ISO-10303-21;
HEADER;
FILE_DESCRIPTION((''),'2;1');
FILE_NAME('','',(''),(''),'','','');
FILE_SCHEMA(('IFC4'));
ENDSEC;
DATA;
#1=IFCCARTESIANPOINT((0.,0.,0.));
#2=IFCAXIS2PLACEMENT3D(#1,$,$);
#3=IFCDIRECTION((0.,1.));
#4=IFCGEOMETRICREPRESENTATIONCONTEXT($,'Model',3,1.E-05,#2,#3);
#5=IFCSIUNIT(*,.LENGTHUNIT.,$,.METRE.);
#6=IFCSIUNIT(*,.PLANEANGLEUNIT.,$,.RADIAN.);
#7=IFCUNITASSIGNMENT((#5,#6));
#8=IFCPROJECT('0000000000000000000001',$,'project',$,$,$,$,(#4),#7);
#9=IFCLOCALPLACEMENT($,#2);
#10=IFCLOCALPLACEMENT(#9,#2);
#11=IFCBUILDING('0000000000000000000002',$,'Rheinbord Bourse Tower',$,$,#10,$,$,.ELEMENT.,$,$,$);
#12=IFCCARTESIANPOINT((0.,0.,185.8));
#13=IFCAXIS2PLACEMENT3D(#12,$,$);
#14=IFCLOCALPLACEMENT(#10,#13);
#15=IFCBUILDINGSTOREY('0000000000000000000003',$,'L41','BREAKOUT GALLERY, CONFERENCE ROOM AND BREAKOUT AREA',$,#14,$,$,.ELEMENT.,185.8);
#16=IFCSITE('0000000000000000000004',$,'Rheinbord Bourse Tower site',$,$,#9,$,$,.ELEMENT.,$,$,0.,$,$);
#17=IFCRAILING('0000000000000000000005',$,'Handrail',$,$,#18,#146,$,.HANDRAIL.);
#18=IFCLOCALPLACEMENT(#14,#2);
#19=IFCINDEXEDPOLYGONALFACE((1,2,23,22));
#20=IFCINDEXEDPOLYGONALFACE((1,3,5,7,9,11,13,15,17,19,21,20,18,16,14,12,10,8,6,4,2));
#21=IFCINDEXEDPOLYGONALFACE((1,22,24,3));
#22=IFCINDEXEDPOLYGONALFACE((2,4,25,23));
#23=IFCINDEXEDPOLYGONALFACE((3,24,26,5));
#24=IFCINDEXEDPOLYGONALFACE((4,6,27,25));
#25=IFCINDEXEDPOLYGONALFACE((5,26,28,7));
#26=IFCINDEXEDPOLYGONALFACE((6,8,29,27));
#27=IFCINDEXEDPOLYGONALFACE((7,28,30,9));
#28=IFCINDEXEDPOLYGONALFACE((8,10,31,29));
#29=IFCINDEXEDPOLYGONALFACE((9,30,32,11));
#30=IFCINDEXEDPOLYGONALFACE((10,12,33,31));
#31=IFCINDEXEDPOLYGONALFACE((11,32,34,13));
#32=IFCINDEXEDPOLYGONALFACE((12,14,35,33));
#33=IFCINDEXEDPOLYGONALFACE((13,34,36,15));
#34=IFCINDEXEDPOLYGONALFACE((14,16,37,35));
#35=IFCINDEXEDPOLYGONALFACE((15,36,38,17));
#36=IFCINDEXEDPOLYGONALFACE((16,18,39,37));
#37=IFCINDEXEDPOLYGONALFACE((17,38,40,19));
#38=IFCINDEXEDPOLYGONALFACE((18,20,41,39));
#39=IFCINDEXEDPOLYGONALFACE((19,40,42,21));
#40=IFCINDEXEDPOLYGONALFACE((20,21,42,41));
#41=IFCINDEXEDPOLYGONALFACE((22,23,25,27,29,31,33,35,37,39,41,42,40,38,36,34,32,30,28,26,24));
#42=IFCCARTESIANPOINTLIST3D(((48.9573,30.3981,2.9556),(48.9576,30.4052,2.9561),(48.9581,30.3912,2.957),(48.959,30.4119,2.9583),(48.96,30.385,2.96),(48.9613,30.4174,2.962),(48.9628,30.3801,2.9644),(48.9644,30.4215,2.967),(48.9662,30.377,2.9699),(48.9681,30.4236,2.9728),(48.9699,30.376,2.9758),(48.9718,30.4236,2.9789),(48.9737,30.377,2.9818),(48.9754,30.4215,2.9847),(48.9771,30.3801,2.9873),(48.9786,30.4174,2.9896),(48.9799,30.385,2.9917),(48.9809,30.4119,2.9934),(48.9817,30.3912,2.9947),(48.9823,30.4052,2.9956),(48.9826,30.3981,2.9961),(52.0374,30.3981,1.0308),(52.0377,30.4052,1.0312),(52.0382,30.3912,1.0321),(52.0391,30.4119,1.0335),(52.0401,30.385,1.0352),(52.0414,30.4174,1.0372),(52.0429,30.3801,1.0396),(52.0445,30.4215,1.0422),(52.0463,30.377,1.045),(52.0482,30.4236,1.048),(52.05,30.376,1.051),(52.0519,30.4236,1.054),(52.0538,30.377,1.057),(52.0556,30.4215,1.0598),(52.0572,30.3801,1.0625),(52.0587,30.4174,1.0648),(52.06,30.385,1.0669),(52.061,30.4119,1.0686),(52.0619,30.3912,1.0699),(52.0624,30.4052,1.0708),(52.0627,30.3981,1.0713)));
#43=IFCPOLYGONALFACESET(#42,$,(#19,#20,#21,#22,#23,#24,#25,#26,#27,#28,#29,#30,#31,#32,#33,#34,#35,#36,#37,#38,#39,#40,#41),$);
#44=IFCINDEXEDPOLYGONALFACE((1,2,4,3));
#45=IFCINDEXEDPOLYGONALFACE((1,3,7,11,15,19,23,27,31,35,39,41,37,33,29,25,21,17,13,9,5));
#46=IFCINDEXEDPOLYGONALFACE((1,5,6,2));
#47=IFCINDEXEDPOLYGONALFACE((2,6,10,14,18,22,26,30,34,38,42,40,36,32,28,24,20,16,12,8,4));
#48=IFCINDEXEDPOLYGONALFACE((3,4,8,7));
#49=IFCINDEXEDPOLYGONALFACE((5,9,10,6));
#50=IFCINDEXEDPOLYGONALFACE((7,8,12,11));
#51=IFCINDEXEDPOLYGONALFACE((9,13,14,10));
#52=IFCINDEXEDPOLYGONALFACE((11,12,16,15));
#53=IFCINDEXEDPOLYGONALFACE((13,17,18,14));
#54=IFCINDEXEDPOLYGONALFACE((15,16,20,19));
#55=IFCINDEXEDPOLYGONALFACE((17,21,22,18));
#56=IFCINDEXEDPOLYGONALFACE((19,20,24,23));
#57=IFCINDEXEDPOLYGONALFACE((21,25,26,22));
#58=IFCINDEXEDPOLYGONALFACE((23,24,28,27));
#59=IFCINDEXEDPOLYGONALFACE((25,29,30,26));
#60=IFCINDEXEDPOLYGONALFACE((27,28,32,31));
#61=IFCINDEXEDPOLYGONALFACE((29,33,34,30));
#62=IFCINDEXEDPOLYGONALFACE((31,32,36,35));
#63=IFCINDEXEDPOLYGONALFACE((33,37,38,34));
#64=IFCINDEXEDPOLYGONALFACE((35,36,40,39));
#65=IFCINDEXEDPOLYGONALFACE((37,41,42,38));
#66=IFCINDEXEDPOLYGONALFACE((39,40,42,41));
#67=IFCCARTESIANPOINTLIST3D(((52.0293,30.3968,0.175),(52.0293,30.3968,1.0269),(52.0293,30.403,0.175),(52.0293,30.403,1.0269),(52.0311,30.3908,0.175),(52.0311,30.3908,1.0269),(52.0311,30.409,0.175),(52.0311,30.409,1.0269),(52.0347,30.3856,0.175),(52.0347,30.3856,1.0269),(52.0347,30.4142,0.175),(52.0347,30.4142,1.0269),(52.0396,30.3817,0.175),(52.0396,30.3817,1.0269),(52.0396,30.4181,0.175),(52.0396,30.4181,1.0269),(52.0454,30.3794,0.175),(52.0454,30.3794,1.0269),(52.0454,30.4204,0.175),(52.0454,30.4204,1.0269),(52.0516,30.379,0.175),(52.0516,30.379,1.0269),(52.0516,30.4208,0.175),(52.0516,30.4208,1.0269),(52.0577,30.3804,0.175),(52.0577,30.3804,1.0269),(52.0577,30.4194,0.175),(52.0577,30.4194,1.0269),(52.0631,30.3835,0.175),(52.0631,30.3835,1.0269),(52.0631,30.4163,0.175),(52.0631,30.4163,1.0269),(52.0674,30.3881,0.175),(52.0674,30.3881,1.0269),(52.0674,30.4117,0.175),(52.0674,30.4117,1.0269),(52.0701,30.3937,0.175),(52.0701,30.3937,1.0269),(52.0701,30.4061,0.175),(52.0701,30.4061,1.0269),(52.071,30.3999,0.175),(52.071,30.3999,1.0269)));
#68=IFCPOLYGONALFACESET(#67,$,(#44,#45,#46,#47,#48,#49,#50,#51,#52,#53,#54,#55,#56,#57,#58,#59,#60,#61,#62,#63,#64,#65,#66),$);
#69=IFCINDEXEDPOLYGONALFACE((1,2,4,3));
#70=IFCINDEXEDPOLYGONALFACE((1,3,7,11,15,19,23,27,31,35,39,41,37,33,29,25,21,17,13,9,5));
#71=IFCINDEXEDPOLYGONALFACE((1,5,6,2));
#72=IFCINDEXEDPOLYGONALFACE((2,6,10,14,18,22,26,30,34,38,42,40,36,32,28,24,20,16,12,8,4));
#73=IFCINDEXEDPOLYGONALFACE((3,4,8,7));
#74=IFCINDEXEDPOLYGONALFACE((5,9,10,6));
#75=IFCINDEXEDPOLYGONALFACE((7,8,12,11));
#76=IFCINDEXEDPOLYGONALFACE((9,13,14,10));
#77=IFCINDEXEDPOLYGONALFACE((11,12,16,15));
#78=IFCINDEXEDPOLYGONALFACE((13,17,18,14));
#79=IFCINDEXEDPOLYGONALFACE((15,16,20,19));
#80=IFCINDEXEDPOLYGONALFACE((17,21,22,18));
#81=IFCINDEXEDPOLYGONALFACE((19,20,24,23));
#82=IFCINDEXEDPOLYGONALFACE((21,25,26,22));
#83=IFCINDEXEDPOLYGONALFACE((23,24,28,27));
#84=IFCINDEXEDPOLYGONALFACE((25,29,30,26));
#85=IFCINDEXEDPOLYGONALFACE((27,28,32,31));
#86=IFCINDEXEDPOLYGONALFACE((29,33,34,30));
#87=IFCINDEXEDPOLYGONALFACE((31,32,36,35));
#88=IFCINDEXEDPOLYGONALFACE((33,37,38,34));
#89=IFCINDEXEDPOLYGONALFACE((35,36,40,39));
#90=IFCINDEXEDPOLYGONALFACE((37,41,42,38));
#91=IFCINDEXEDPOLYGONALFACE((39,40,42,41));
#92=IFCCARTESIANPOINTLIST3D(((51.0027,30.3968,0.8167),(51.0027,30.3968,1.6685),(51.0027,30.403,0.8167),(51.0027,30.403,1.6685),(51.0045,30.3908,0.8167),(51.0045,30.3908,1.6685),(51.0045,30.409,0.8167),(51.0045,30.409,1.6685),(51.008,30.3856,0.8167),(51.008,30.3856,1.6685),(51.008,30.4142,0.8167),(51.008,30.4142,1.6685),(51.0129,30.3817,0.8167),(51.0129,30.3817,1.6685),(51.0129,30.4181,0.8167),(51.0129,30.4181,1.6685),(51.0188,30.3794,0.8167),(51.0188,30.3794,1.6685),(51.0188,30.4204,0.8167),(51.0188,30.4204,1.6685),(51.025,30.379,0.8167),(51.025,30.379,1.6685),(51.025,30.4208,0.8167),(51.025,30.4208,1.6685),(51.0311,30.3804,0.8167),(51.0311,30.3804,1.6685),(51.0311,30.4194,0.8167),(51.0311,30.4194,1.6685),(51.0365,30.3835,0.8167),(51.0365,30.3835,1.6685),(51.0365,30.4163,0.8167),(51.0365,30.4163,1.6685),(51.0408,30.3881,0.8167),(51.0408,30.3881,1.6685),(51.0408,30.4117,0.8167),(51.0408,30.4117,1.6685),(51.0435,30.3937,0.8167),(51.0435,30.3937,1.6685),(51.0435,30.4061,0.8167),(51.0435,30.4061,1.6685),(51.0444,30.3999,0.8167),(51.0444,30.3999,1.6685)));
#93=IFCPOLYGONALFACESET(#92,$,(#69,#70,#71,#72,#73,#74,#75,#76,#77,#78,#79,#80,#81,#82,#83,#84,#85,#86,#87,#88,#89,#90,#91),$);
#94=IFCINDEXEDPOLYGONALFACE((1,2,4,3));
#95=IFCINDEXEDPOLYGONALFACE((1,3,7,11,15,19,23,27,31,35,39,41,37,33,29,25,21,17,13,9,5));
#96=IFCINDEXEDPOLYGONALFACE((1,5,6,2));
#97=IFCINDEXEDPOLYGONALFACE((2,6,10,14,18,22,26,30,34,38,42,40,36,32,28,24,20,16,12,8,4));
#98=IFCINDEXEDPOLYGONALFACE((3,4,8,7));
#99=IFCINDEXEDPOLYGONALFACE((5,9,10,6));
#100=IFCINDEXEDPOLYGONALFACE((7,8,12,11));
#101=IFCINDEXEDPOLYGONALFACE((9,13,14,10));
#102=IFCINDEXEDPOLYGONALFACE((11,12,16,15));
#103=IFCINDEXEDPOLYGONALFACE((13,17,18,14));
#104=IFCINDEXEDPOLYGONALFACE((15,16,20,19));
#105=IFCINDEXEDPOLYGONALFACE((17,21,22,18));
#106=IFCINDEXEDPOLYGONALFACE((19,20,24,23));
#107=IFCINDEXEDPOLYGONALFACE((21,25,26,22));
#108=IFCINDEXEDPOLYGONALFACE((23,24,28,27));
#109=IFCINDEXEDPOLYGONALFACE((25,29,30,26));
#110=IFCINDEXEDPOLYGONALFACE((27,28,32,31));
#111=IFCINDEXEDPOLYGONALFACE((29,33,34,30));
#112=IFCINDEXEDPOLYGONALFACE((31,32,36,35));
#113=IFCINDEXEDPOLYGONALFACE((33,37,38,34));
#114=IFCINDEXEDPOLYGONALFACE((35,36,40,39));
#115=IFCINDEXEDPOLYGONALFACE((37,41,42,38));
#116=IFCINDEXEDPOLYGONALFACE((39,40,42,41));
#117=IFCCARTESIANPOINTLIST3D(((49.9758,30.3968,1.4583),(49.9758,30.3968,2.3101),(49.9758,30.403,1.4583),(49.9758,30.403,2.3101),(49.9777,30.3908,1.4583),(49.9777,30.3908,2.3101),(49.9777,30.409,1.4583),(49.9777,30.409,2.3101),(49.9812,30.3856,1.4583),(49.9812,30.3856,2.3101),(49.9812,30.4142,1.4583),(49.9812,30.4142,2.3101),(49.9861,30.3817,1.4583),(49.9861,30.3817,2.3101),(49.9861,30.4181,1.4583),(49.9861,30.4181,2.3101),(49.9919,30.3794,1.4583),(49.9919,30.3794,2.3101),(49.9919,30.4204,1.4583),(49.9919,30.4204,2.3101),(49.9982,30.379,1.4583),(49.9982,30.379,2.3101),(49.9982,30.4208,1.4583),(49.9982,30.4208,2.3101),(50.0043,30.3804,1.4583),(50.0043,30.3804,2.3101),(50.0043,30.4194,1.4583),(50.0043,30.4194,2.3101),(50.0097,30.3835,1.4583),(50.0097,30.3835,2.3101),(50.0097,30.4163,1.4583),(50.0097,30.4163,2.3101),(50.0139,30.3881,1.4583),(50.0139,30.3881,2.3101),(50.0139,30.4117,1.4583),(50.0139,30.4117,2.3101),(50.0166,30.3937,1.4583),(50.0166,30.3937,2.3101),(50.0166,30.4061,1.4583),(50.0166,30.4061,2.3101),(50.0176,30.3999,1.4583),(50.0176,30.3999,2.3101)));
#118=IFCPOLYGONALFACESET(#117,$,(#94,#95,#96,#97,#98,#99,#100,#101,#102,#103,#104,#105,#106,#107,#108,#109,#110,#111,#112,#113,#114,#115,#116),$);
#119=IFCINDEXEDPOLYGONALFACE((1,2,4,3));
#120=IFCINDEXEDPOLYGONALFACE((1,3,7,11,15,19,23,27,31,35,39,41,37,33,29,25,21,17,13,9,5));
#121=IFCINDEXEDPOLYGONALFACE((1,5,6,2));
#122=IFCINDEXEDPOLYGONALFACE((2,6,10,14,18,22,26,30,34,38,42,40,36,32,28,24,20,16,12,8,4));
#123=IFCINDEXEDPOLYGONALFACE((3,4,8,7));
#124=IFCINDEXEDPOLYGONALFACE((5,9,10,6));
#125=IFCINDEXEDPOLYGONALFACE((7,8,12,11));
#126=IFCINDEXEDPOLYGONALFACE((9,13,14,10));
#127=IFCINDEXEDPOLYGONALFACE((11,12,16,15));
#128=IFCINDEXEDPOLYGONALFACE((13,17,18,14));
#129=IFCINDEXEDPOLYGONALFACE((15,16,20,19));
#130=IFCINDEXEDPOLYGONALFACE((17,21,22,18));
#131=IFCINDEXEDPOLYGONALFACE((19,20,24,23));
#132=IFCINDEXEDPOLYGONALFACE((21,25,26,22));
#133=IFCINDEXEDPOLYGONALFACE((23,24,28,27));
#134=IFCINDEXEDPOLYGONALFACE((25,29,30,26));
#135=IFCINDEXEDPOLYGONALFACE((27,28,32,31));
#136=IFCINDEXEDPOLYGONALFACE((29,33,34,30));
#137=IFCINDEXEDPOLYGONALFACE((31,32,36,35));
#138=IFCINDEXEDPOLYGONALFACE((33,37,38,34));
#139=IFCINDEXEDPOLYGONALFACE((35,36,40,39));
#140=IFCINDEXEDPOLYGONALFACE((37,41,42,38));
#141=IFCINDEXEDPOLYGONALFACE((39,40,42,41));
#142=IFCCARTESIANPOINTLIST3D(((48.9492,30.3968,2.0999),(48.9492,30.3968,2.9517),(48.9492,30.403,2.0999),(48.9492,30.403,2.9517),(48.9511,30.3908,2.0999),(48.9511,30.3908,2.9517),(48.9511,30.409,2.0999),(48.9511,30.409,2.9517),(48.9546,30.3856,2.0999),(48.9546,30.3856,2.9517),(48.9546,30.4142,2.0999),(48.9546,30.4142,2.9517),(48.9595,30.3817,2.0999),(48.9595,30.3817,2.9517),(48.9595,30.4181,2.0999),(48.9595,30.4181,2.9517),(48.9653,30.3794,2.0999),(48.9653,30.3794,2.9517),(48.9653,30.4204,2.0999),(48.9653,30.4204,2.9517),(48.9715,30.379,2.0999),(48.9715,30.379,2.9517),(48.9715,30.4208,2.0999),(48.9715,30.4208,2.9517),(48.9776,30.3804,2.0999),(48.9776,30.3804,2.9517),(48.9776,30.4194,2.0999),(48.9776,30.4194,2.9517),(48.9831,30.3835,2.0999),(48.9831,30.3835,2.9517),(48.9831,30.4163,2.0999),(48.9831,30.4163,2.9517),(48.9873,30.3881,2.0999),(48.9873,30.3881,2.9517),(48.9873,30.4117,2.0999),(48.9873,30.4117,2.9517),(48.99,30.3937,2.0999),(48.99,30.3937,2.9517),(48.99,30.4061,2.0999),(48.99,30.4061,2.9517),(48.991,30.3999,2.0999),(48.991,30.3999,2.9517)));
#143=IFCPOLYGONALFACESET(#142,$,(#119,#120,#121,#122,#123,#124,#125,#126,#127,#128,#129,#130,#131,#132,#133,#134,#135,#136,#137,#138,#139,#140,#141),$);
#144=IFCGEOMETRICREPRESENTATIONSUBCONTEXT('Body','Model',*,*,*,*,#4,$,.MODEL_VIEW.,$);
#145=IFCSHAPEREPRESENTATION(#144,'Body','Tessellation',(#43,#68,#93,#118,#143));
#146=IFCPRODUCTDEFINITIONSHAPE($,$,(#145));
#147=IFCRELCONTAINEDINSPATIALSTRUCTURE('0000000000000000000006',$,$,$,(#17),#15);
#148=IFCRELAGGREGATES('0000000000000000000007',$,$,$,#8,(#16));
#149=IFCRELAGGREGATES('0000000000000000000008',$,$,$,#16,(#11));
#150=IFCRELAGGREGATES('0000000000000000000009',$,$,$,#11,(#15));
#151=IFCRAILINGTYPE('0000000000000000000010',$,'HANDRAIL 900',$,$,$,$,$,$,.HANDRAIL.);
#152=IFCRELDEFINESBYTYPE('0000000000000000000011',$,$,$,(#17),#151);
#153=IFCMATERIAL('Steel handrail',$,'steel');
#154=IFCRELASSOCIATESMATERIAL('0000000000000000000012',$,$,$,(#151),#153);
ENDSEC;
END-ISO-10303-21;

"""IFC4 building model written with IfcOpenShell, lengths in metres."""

from ifc_helpers import new_model, si_unit, direction, frame, origin, origin_2d, place, context, subcontext, project, spatial, circle, extrude, material, type_object, element, save


model = new_model("IFC4")

# Units and contexts
model_context = context("Model", 3, precision=1e-05, world=origin(), true_north=direction((0.0, 1.0)))
body_context = subcontext(model_context, "Body", "Model", "MODEL_VIEW")
ifc_project = project(units=[si_unit("LENGTHUNIT", "METRE"), si_unit("PLANEANGLEUNIT", "RADIAN")], contexts=[model_context])

# Site, building, storey
site_placement = place(None, origin())
site = spatial("IfcSite", under=ifc_project, at=site_placement, Name="Rheinbord Bourse Tower site", CompositionType="ELEMENT", RefElevation=0.0)
building_placement = place(site_placement, origin())
building = spatial("IfcBuilding", under=site, at=building_placement, Name="Rheinbord Bourse Tower", CompositionType="ELEMENT")
storey_placement = place(building_placement, frame((0.0, 0.0, 185.8)))
storey = spatial("IfcBuildingStorey", under=building, at=storey_placement, Name="L41", Description="BREAKOUT GALLERY, CONFERENCE ROOM AND BREAKOUT AREA", CompositionType="ELEMENT", Elevation=185.8)

# Railing
ifc_material_1 = material(Name="Steel handrail", Category="steel")
railing_type = type_object("IfcRailingType", Name="HANDRAIL 900", PredefinedType="HANDRAIL", material=ifc_material_1)
railing_1_placement = place(storey_placement, frame((52.05, 30.3999, 0.175)))
element("IfcRailing", 1, at=railing_1_placement, inside=storey, type_object=railing_type, Name="Handrail", PredefinedType="HANDRAIL", context=body_context, shape_type="SweptSolid", body=[
    extrude(circle(Radius=0.0239, at=origin_2d()), frame((0.0, 0.0, 0.876), z_axis=(-0.848029, 0.0, 0.529951), x_axis=(0.0, -1.0, 0.0)), (0.0, 0.0, 1.0), 3.6321),
    extrude(circle(Radius=0.021, at=origin_2d()), origin(), (0.0, 0.0, 1.0), 0.8518),
    extrude(circle(Radius=0.021, at=origin_2d()), frame((-1.0266, 0.0, 0.6416)), (0.0, 0.0, 1.0), 0.8518),
    extrude(circle(Radius=0.021, at=origin_2d()), frame((-2.0535, 0.0, 1.2832)), (0.0, 0.0, 1.0), 0.8518),
    extrude(circle(Radius=0.021, at=origin_2d()), frame((-3.0801, 0.0, 1.9248)), (0.0, 0.0, 1.0), 0.8518),
])

save(model, "model.ifc")
